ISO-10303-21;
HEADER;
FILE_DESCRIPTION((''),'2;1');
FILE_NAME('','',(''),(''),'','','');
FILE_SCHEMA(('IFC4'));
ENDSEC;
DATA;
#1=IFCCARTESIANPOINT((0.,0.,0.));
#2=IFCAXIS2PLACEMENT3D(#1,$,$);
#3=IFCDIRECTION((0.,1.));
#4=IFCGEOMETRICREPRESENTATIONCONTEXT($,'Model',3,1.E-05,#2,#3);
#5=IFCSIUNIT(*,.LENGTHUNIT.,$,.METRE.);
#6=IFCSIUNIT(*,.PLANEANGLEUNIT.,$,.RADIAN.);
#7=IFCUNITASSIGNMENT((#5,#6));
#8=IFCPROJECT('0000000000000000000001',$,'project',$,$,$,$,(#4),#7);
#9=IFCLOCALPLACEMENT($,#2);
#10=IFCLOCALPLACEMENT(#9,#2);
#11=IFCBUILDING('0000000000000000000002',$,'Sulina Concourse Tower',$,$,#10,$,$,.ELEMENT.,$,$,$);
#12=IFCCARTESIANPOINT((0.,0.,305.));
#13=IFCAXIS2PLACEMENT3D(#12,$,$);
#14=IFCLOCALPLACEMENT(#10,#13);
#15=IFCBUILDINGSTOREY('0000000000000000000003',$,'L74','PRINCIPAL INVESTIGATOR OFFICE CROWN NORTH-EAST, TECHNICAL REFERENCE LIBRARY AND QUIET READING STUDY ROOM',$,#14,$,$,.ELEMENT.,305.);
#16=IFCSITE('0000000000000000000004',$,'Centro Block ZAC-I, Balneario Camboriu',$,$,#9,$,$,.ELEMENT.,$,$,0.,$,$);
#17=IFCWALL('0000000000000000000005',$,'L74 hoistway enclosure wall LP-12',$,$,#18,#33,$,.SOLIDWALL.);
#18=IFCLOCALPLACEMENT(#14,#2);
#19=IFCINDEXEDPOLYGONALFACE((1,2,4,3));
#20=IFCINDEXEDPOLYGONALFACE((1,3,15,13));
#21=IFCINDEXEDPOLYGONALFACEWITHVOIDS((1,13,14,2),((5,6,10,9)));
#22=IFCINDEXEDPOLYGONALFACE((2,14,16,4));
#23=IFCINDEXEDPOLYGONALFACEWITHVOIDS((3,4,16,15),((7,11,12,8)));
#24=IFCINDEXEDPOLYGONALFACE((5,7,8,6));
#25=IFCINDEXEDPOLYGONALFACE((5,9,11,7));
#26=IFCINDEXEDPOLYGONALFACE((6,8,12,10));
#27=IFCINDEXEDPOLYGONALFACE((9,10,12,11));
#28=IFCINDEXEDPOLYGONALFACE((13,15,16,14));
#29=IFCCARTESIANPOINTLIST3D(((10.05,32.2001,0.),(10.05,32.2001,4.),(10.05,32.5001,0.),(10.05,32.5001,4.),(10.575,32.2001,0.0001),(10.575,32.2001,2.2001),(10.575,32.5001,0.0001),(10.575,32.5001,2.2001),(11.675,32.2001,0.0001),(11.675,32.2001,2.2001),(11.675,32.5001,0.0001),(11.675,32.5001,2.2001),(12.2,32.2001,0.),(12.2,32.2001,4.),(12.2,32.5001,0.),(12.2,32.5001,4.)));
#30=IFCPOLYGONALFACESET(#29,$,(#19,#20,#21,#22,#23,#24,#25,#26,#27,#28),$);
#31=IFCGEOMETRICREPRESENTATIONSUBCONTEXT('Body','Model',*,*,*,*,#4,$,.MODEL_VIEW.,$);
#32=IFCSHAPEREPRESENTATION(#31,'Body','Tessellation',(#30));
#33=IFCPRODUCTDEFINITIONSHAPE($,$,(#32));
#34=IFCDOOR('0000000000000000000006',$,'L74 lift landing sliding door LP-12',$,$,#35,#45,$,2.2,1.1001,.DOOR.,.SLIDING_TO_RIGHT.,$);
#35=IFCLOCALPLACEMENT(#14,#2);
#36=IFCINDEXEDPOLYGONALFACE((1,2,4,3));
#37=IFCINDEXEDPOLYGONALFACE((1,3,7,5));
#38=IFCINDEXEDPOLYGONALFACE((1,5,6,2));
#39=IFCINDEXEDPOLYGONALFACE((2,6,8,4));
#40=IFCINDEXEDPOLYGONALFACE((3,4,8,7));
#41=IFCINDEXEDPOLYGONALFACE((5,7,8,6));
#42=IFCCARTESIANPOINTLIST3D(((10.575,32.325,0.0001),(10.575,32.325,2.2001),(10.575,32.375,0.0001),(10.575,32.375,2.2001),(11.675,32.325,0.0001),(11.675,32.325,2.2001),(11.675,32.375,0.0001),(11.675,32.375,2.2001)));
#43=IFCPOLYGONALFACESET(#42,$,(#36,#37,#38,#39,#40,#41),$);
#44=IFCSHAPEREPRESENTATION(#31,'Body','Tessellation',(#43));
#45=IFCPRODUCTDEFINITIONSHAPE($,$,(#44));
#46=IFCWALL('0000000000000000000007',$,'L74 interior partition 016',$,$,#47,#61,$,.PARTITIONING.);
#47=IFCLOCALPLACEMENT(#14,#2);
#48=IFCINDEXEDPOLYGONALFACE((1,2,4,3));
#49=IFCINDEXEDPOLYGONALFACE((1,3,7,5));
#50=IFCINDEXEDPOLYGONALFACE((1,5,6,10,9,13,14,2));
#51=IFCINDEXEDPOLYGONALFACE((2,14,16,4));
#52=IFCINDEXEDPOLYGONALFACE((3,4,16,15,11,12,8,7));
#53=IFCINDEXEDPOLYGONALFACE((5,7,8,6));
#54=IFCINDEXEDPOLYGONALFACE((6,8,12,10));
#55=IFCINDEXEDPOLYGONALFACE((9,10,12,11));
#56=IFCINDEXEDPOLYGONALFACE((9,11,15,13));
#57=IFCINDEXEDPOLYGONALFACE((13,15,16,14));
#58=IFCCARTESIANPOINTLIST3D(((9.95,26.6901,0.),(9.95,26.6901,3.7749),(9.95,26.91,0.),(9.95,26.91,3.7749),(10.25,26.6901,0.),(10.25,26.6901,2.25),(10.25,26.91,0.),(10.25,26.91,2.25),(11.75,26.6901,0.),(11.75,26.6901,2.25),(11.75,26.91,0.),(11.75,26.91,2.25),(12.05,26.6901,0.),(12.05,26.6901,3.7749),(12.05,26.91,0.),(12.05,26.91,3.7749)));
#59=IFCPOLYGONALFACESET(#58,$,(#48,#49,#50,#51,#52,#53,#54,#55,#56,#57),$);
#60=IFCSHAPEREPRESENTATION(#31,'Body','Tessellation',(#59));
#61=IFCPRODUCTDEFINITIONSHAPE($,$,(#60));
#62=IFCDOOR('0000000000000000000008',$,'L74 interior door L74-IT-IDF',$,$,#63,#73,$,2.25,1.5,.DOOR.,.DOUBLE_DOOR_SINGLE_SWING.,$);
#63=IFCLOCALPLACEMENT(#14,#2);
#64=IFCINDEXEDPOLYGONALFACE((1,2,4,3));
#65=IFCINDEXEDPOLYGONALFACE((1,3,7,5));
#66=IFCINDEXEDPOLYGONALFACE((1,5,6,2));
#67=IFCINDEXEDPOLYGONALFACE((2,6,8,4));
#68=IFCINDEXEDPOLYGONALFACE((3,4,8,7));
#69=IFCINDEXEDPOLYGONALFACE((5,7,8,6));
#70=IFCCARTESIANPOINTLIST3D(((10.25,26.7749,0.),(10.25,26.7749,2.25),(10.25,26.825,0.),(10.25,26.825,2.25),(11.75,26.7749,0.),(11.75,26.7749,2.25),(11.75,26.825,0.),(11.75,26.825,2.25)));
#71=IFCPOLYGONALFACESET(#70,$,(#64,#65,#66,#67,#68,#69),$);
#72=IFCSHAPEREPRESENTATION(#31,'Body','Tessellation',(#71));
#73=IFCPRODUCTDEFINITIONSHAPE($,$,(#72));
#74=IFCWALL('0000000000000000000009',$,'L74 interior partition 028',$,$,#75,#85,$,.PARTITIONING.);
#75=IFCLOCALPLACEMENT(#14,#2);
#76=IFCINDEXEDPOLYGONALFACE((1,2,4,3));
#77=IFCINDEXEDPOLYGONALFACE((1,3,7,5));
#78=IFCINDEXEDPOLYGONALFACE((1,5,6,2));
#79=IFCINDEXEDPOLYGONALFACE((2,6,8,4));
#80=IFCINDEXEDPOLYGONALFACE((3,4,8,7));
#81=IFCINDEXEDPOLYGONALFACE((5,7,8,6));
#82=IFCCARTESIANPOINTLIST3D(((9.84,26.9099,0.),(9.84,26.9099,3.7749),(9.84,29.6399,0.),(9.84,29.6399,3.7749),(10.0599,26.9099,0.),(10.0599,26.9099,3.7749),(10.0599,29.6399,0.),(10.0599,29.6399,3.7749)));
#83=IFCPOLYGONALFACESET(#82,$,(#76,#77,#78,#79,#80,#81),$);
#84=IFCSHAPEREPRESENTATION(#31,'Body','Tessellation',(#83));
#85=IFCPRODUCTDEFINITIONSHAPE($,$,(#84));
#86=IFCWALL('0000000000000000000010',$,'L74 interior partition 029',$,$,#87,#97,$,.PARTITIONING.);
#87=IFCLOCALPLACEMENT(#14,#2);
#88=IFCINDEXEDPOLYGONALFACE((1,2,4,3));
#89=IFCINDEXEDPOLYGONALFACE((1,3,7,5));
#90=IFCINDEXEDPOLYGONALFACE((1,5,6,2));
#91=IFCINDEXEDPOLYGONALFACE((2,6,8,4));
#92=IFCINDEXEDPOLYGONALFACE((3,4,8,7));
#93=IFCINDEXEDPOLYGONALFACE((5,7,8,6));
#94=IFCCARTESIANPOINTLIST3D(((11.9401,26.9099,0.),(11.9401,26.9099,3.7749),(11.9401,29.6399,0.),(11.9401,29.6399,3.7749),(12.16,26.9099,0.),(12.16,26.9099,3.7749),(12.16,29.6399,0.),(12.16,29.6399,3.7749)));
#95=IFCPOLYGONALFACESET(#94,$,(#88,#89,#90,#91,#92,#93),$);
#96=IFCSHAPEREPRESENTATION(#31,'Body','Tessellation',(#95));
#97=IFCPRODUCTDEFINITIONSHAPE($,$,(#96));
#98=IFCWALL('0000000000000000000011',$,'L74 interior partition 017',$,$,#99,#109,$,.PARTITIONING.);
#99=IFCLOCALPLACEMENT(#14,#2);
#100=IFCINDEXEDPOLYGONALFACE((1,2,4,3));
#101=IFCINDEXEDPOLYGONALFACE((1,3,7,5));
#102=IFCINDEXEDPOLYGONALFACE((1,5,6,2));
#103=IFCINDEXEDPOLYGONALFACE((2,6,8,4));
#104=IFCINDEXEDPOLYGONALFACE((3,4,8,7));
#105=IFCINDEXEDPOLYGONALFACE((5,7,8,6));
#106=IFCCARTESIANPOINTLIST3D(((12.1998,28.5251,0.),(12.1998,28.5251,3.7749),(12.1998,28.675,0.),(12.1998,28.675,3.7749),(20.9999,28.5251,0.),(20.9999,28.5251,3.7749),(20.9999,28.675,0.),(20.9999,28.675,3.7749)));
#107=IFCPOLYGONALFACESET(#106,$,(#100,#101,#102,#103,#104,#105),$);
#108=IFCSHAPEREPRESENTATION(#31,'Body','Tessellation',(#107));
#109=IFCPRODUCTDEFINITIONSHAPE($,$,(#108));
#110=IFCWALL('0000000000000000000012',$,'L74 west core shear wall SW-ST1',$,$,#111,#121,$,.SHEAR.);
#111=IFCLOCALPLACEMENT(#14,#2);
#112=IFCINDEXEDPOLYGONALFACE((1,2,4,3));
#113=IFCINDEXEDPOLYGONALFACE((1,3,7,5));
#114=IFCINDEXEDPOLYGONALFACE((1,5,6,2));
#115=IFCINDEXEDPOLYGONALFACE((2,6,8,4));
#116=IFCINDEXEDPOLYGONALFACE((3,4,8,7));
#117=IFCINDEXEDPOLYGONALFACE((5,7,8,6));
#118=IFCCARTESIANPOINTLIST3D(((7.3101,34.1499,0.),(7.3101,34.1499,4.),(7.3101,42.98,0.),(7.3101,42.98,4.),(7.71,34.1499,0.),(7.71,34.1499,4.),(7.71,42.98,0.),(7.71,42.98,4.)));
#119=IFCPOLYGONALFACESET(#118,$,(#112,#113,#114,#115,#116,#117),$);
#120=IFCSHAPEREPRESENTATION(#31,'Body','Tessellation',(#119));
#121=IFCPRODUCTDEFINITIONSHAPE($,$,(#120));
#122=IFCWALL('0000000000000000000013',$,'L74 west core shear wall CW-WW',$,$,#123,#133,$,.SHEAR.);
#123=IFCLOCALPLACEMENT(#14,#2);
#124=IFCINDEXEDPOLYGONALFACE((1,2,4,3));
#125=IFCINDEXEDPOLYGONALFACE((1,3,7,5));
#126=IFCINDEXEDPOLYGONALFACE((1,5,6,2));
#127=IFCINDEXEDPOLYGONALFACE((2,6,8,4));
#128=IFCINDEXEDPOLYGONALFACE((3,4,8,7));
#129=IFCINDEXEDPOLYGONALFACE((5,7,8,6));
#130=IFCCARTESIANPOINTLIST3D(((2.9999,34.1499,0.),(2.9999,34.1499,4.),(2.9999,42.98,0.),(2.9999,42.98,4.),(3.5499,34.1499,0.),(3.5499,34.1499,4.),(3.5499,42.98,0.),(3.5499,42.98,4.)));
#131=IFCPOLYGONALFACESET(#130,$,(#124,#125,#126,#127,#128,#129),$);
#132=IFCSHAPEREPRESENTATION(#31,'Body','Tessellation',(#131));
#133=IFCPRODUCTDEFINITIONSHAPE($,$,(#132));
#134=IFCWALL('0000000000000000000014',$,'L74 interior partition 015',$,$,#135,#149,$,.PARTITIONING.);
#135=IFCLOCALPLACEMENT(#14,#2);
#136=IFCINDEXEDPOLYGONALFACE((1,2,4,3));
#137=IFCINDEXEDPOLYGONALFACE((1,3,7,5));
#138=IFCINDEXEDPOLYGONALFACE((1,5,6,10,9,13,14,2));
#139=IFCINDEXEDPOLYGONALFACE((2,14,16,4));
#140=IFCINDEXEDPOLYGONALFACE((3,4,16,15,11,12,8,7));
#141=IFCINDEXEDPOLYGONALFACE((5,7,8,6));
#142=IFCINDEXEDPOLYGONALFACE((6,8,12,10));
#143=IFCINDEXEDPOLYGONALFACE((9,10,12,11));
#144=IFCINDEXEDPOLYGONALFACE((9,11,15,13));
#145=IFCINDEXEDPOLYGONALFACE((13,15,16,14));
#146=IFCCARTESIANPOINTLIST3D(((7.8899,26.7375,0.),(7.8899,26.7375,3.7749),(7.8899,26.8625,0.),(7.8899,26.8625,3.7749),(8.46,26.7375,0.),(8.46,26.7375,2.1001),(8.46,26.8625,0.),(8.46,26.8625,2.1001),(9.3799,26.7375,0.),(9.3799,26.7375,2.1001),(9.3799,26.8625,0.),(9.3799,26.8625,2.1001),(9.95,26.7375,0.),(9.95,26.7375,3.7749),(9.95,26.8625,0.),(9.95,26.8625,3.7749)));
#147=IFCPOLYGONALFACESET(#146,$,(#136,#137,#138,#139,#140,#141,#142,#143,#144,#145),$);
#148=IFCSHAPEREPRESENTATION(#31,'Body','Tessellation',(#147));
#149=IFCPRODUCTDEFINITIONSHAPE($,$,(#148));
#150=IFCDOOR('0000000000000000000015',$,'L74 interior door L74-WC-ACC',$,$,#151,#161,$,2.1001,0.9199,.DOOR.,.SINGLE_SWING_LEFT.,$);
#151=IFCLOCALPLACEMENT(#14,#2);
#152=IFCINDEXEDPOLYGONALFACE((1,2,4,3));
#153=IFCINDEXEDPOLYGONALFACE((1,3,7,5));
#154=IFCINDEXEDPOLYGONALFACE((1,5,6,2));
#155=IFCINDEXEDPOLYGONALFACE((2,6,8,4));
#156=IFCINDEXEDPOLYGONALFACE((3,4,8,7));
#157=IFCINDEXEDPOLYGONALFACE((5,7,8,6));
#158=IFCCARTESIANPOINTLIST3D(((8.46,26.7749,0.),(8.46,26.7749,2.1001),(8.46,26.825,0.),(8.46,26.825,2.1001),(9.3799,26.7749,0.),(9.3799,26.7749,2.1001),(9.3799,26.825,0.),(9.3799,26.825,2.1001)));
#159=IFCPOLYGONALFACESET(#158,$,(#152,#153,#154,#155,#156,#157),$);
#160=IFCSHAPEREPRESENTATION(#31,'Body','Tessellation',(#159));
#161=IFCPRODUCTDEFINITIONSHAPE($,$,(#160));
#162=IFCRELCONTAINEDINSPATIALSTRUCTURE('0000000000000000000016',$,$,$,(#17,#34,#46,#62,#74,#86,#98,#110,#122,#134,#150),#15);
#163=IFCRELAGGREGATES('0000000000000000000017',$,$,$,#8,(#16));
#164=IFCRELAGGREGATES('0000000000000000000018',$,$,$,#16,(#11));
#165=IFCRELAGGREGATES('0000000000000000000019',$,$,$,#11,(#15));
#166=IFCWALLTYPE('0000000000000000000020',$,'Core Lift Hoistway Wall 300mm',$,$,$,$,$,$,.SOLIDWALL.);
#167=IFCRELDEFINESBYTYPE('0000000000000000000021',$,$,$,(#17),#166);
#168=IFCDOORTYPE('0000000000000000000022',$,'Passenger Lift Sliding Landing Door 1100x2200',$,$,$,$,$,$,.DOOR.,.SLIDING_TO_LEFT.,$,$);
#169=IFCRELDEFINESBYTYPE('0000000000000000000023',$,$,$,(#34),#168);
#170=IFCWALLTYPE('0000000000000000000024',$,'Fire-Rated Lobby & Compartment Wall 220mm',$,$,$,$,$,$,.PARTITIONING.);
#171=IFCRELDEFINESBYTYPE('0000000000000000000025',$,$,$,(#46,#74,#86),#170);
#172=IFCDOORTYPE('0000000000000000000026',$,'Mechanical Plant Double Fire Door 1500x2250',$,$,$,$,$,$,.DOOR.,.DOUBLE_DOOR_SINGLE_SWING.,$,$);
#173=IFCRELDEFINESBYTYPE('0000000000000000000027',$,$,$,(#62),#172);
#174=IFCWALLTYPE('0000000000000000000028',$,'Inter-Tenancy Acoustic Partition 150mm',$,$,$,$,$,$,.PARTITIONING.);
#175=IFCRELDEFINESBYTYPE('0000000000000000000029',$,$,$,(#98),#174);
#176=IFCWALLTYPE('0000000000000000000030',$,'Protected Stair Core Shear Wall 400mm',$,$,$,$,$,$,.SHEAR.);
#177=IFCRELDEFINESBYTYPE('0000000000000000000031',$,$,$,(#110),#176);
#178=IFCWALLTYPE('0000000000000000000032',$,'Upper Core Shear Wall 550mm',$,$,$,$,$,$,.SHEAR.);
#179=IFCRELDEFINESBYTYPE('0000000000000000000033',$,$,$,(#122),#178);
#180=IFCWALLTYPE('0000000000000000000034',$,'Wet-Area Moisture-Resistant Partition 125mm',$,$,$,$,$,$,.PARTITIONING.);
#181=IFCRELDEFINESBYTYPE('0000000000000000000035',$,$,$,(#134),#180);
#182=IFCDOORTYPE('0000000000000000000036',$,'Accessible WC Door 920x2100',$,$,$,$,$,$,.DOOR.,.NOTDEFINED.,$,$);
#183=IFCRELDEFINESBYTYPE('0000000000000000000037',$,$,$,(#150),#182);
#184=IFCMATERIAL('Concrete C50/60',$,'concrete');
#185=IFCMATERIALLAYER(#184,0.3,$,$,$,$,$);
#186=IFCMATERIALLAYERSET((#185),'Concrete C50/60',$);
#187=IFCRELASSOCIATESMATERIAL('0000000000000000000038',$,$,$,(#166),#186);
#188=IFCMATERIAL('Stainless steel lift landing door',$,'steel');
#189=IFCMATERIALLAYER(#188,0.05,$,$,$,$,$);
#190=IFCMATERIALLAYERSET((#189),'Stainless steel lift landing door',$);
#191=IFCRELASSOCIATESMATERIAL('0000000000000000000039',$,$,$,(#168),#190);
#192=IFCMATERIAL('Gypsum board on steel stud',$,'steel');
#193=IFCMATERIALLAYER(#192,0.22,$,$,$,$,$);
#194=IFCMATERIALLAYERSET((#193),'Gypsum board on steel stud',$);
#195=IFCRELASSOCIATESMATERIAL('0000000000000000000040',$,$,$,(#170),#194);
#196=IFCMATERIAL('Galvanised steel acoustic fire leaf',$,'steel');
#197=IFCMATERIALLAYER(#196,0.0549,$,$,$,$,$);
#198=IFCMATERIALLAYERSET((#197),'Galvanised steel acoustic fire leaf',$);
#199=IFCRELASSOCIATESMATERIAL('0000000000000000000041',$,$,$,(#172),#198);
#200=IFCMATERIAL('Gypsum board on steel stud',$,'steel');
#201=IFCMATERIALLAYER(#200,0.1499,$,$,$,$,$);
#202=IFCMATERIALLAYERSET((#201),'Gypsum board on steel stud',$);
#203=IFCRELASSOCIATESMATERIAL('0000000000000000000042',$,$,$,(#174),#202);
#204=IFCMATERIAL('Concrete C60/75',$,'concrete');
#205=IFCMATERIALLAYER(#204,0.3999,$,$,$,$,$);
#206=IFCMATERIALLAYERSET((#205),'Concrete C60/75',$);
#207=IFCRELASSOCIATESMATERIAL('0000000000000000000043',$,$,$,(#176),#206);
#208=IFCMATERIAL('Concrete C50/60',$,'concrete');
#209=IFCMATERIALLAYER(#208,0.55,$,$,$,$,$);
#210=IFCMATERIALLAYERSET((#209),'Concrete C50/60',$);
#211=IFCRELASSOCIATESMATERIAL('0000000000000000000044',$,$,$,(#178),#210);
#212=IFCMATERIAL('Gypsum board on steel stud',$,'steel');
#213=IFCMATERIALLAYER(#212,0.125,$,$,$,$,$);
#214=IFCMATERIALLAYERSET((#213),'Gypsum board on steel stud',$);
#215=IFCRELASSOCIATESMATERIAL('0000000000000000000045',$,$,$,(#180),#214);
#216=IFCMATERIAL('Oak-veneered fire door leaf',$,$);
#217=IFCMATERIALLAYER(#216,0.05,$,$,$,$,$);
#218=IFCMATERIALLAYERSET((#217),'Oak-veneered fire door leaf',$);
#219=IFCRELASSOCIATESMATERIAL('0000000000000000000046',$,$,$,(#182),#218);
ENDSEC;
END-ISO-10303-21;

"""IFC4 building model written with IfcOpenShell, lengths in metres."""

from ifc_helpers import new_model, si_unit, direction, frame, frame_2d, origin, place, context, subcontext, project, spatial, rectangle, extrude, material, layer, layer_set, type_object, element, fill, save


model = new_model("IFC4")

# Units and contexts
model_context = context("Model", 3, precision=1e-05, world=origin(), true_north=direction((0.0, 1.0)))
body_context = subcontext(model_context, "Body", "Model", "MODEL_VIEW")
ifc_project = project(units=[si_unit("LENGTHUNIT", "METRE"), si_unit("PLANEANGLEUNIT", "RADIAN")], contexts=[model_context])

# Site, building, storey
site_placement = place(None, origin())
site = spatial("IfcSite", under=ifc_project, at=site_placement, Name="Centro Block ZAC-I, Balneario Camboriu", CompositionType="ELEMENT", RefElevation=0.0)
building_placement = place(site_placement, origin())
building = spatial("IfcBuilding", under=site, at=building_placement, Name="Sulina Concourse Tower", CompositionType="ELEMENT")
storey_placement = place(building_placement, frame((0.0, 0.0, 305.0)))
storey = spatial("IfcBuildingStorey", under=building, at=storey_placement, Name="L74", Description="PRINCIPAL INVESTIGATOR OFFICE CROWN NORTH-EAST, TECHNICAL REFERENCE LIBRARY AND QUIET READING STUDY ROOM", CompositionType="ELEMENT", Elevation=305.0)

# Walls, openings, doors
ifc_material_1 = material(Name="Concrete C50/60", Category="concrete")
ifc_layer_1 = layer(ifc_material_1, 0.3)
ifc_layer_set_1 = layer_set([ifc_layer_1], Name="Concrete C50/60")
wall_type_1 = type_object("IfcWallType", Name="Core Lift Hoistway Wall 300mm", PredefinedType="SOLIDWALL", material=ifc_layer_set_1)
ifc_material_2 = material(Name="Stainless steel lift landing door", Category="steel")
ifc_layer_2 = layer(ifc_material_2, 0.05)
ifc_layer_set_2 = layer_set([ifc_layer_2], Name="Stainless steel lift landing door")
door_type_1 = type_object("IfcDoorType", Name="Passenger Lift Sliding Landing Door 1100x2200", OperationType="SLIDING_TO_LEFT", PredefinedType="DOOR", material=ifc_layer_set_2)
wall_1_placement = place(storey_placement, frame((10.05, 32.3501, 0.0), z_axis=(0.0, 0.0, 1.0), x_axis=(1.0, 0.0, 0.0)))
wall_1 = element("IfcWall", 1, at=wall_1_placement, inside=storey, type_object=wall_type_1, Name="L74 hoistway enclosure wall LP-12", PredefinedType="SOLIDWALL", context=body_context, shape_type="SweptSolid", body=[
    extrude(rectangle(XDim=2.1499, YDim=0.3, at=frame_2d((1.075, 0.0))), origin(), (0.0, 0.0, 1.0), 4.0),
])
opening_1_placement = place(wall_1_placement, frame((0.5249, 0.0, 0.0)))
opening_1 = element("IfcOpeningElement", 2, at=opening_1_placement, cuts=wall_1, PredefinedType="OPENING", context=body_context, shape_type="SweptSolid", body=[
    extrude(rectangle(XDim=1.1001, YDim=2.2, at=frame_2d((0.55, 1.1001))), frame((0.0, 0.1599, 0.0), z_axis=(0.0, -1.0, 0.0), x_axis=(1.0, 0.0, 0.0)), (0.0, 0.0, 1.0), 0.3201),
])
door_1_placement = place(opening_1_placement, origin())
door_1 = element("IfcDoor", 3, at=door_1_placement, inside=storey, type_object=door_type_1, Name="L74 lift landing sliding door LP-12", OperationType="SLIDING_TO_RIGHT", OverallHeight=2.2, OverallWidth=1.1001, PredefinedType="DOOR", context=body_context, shape_type="SweptSolid", body=[
    extrude(rectangle(XDim=1.1001, YDim=2.2, at=frame_2d((0.55, 1.1001))), frame((0.0, 0.0249, 0.0), z_axis=(0.0, -1.0, 0.0), x_axis=(1.0, 0.0, 0.0)), (0.0, 0.0, 1.0), 0.05),
])
fill(opening_1, door_1)
ifc_material_3 = material(Name="Gypsum board on steel stud", Category="steel")
ifc_layer_3 = layer(ifc_material_3, 0.22)
ifc_layer_set_3 = layer_set([ifc_layer_3], Name="Gypsum board on steel stud")
wall_type_2 = type_object("IfcWallType", Name="Fire-Rated Lobby & Compartment Wall 220mm", PredefinedType="PARTITIONING", material=ifc_layer_set_3)
wall_2_placement = place(storey_placement, frame((9.95, 26.8, 0.0), z_axis=(0.0, 0.0, 1.0), x_axis=(1.0, 0.0, 0.0)))
wall_2 = element("IfcWall", 4, at=wall_2_placement, inside=storey, type_object=wall_type_2, Name="L74 interior partition 016", PredefinedType="PARTITIONING", context=body_context, shape_type="SweptSolid", body=[
    extrude(rectangle(XDim=2.1001, YDim=0.22, at=frame_2d((1.05, 0.0))), origin(), (0.0, 0.0, 1.0), 3.7749),
])
opening_2_placement = place(wall_2_placement, frame((0.3, 0.0, 0.0)))
opening_2 = element("IfcOpeningElement", 5, at=opening_2_placement, cuts=wall_2, PredefinedType="OPENING", context=body_context, shape_type="SweptSolid", body=[
    extrude(rectangle(XDim=1.5, YDim=2.25, at=frame_2d((0.75, 1.125))), frame((0.0, 0.1199, 0.0), z_axis=(0.0, -1.0, 0.0), x_axis=(1.0, 0.0, 0.0)), (0.0, 0.0, 1.0), 0.24),
])
ifc_material_4 = material(Name="Galvanised steel acoustic fire leaf", Category="steel")
ifc_layer_4 = layer(ifc_material_4, 0.0549)
ifc_layer_set_4 = layer_set([ifc_layer_4], Name="Galvanised steel acoustic fire leaf")
door_type_2 = type_object("IfcDoorType", Name="Mechanical Plant Double Fire Door 1500x2250", OperationType="DOUBLE_DOOR_SINGLE_SWING", PredefinedType="DOOR", material=ifc_layer_set_4)
door_2_placement = place(opening_2_placement, origin())
door_2 = element("IfcDoor", 6, at=door_2_placement, inside=storey, type_object=door_type_2, Name="L74 interior door L74-IT-IDF", OperationType="DOUBLE_DOOR_SINGLE_SWING", OverallHeight=2.25, OverallWidth=1.5, PredefinedType="DOOR", context=body_context, shape_type="SweptSolid", body=[
    extrude(rectangle(XDim=1.5, YDim=2.25, at=frame_2d((0.75, 1.125))), frame((0.0, 0.0249, 0.0), z_axis=(0.0, -1.0, 0.0), x_axis=(1.0, 0.0, 0.0)), (0.0, 0.0, 1.0), 0.05),
])
fill(opening_2, door_2)

# Walls
for number, where, z_axis, x_axis, name in (
    (7, (9.95, 26.9099, 0.0), (0.0, 0.0, 1.0), (0.0, 1.0, 0.0), "L74 interior partition 028"),
    (8, (12.05, 26.9099, 0.0), (0.0, 0.0, 1.0), (0.0, 1.0, 0.0), "L74 interior partition 029"),
):
    element("IfcWall", number, at=place(storey_placement, frame(where, z_axis=z_axis, x_axis=x_axis)), inside=storey, type_object=wall_type_2, Name=name, PredefinedType="PARTITIONING", context=body_context, shape_type="SweptSolid", body=[
        extrude(rectangle(XDim=2.73, YDim=0.22, at=frame_2d((1.365, 0.0))), origin(), (0.0, 0.0, 1.0), 3.7749),
    ])
ifc_material_5 = material(Name="Gypsum board on steel stud", Category="steel")
ifc_layer_5 = layer(ifc_material_5, 0.1499)
ifc_layer_set_5 = layer_set([ifc_layer_5], Name="Gypsum board on steel stud")
wall_type_3 = type_object("IfcWallType", Name="Inter-Tenancy Acoustic Partition 150mm", PredefinedType="PARTITIONING", material=ifc_layer_set_5)
wall_3_placement = place(storey_placement, frame((12.2, 28.6001, 0.0), z_axis=(0.0, 0.0, 1.0), x_axis=(1.0, 0.0, 0.0)))
element("IfcWall", 9, at=wall_3_placement, inside=storey, type_object=wall_type_3, Name="L74 interior partition 017", PredefinedType="PARTITIONING", context=body_context, shape_type="SweptSolid", body=[
    extrude(rectangle(XDim=8.8, YDim=0.1499, at=frame_2d((4.3999, 0.0))), origin(), (0.0, 0.0, 1.0), 3.7749),
])
ifc_material_6 = material(Name="Concrete C60/75", Category="concrete")
ifc_layer_6 = layer(ifc_material_6, 0.3999)
ifc_layer_set_6 = layer_set([ifc_layer_6], Name="Concrete C60/75")
wall_type_4 = type_object("IfcWallType", Name="Protected Stair Core Shear Wall 400mm", PredefinedType="SHEAR", material=ifc_layer_set_6)
wall_4_placement = place(storey_placement, frame((7.51, 34.1499, 0.0), z_axis=(0.0, 0.0, 1.0), x_axis=(0.0, 1.0, 0.0)))
element("IfcWall", 10, at=wall_4_placement, inside=storey, type_object=wall_type_4, Name="L74 west core shear wall SW-ST1", PredefinedType="SHEAR", context=body_context, shape_type="SweptSolid", body=[
    extrude(rectangle(XDim=8.8301, YDim=0.3999, at=frame_2d((4.415, 0.0))), origin(), (0.0, 0.0, 1.0), 4.0),
])
ifc_material_7 = material(Name="Concrete C50/60", Category="concrete")
ifc_layer_7 = layer(ifc_material_7, 0.55)
ifc_layer_set_7 = layer_set([ifc_layer_7], Name="Concrete C50/60")
wall_type_5 = type_object("IfcWallType", Name="Upper Core Shear Wall 550mm", PredefinedType="SHEAR", material=ifc_layer_set_7)
wall_5_placement = place(storey_placement, frame((3.2749, 34.1499, 0.0), z_axis=(0.0, 0.0, 1.0), x_axis=(0.0, 1.0, 0.0)))
element("IfcWall", 11, at=wall_5_placement, inside=storey, type_object=wall_type_5, Name="L74 west core shear wall CW-WW", PredefinedType="SHEAR", context=body_context, shape_type="SweptSolid", body=[
    extrude(rectangle(XDim=8.8301, YDim=0.55, at=frame_2d((4.415, 0.0))), origin(), (0.0, 0.0, 1.0), 4.0),
])

# Wall, opening, door
ifc_material_8 = material(Name="Gypsum board on steel stud", Category="steel")
ifc_layer_8 = layer(ifc_material_8, 0.125)
ifc_layer_set_8 = layer_set([ifc_layer_8], Name="Gypsum board on steel stud")
wall_type_6 = type_object("IfcWallType", Name="Wet-Area Moisture-Resistant Partition 125mm", PredefinedType="PARTITIONING", material=ifc_layer_set_8)
wall_6_placement = place(storey_placement, frame((7.8899, 26.8, 0.0), z_axis=(0.0, 0.0, 1.0), x_axis=(1.0, 0.0, 0.0)))
wall_6 = element("IfcWall", 12, at=wall_6_placement, inside=storey, type_object=wall_type_6, Name="L74 interior partition 015", PredefinedType="PARTITIONING", context=body_context, shape_type="SweptSolid", body=[
    extrude(rectangle(XDim=2.0601, YDim=0.125, at=frame_2d((1.03, 0.0))), origin(), (0.0, 0.0, 1.0), 3.7749),
])
opening_3_placement = place(wall_6_placement, frame((0.5701, 0.0, 0.0)))
opening_3 = element("IfcOpeningElement", 13, at=opening_3_placement, cuts=wall_6, PredefinedType="OPENING", context=body_context, shape_type="SweptSolid", body=[
    extrude(rectangle(XDim=0.9199, YDim=2.1001, at=frame_2d((0.46, 1.05))), frame((0.0, 0.0725, 0.0), z_axis=(0.0, -1.0, 0.0), x_axis=(1.0, 0.0, 0.0)), (0.0, 0.0, 1.0), 0.145),
])
ifc_material_9 = material(Name="Oak-veneered fire door leaf")
ifc_layer_9 = layer(ifc_material_9, 0.05)
ifc_layer_set_9 = layer_set([ifc_layer_9], Name="Oak-veneered fire door leaf")
door_type_3 = type_object("IfcDoorType", Name="Accessible WC Door 920x2100", OperationType="NOTDEFINED", PredefinedType="DOOR", material=ifc_layer_set_9)
door_3_placement = place(opening_3_placement, origin())
door_3 = element("IfcDoor", 14, at=door_3_placement, inside=storey, type_object=door_type_3, Name="L74 interior door L74-WC-ACC", OperationType="SINGLE_SWING_LEFT", OverallHeight=2.1001, OverallWidth=0.9199, PredefinedType="DOOR", context=body_context, shape_type="SweptSolid", body=[
    extrude(rectangle(XDim=0.9199, YDim=2.1001, at=frame_2d((0.46, 1.05))), frame((0.0, 0.0249, 0.0), z_axis=(0.0, -1.0, 0.0), x_axis=(1.0, 0.0, 0.0)), (0.0, 0.0, 1.0), 0.05),
])
fill(opening_3, door_3)

save(model, "model.ifc")
